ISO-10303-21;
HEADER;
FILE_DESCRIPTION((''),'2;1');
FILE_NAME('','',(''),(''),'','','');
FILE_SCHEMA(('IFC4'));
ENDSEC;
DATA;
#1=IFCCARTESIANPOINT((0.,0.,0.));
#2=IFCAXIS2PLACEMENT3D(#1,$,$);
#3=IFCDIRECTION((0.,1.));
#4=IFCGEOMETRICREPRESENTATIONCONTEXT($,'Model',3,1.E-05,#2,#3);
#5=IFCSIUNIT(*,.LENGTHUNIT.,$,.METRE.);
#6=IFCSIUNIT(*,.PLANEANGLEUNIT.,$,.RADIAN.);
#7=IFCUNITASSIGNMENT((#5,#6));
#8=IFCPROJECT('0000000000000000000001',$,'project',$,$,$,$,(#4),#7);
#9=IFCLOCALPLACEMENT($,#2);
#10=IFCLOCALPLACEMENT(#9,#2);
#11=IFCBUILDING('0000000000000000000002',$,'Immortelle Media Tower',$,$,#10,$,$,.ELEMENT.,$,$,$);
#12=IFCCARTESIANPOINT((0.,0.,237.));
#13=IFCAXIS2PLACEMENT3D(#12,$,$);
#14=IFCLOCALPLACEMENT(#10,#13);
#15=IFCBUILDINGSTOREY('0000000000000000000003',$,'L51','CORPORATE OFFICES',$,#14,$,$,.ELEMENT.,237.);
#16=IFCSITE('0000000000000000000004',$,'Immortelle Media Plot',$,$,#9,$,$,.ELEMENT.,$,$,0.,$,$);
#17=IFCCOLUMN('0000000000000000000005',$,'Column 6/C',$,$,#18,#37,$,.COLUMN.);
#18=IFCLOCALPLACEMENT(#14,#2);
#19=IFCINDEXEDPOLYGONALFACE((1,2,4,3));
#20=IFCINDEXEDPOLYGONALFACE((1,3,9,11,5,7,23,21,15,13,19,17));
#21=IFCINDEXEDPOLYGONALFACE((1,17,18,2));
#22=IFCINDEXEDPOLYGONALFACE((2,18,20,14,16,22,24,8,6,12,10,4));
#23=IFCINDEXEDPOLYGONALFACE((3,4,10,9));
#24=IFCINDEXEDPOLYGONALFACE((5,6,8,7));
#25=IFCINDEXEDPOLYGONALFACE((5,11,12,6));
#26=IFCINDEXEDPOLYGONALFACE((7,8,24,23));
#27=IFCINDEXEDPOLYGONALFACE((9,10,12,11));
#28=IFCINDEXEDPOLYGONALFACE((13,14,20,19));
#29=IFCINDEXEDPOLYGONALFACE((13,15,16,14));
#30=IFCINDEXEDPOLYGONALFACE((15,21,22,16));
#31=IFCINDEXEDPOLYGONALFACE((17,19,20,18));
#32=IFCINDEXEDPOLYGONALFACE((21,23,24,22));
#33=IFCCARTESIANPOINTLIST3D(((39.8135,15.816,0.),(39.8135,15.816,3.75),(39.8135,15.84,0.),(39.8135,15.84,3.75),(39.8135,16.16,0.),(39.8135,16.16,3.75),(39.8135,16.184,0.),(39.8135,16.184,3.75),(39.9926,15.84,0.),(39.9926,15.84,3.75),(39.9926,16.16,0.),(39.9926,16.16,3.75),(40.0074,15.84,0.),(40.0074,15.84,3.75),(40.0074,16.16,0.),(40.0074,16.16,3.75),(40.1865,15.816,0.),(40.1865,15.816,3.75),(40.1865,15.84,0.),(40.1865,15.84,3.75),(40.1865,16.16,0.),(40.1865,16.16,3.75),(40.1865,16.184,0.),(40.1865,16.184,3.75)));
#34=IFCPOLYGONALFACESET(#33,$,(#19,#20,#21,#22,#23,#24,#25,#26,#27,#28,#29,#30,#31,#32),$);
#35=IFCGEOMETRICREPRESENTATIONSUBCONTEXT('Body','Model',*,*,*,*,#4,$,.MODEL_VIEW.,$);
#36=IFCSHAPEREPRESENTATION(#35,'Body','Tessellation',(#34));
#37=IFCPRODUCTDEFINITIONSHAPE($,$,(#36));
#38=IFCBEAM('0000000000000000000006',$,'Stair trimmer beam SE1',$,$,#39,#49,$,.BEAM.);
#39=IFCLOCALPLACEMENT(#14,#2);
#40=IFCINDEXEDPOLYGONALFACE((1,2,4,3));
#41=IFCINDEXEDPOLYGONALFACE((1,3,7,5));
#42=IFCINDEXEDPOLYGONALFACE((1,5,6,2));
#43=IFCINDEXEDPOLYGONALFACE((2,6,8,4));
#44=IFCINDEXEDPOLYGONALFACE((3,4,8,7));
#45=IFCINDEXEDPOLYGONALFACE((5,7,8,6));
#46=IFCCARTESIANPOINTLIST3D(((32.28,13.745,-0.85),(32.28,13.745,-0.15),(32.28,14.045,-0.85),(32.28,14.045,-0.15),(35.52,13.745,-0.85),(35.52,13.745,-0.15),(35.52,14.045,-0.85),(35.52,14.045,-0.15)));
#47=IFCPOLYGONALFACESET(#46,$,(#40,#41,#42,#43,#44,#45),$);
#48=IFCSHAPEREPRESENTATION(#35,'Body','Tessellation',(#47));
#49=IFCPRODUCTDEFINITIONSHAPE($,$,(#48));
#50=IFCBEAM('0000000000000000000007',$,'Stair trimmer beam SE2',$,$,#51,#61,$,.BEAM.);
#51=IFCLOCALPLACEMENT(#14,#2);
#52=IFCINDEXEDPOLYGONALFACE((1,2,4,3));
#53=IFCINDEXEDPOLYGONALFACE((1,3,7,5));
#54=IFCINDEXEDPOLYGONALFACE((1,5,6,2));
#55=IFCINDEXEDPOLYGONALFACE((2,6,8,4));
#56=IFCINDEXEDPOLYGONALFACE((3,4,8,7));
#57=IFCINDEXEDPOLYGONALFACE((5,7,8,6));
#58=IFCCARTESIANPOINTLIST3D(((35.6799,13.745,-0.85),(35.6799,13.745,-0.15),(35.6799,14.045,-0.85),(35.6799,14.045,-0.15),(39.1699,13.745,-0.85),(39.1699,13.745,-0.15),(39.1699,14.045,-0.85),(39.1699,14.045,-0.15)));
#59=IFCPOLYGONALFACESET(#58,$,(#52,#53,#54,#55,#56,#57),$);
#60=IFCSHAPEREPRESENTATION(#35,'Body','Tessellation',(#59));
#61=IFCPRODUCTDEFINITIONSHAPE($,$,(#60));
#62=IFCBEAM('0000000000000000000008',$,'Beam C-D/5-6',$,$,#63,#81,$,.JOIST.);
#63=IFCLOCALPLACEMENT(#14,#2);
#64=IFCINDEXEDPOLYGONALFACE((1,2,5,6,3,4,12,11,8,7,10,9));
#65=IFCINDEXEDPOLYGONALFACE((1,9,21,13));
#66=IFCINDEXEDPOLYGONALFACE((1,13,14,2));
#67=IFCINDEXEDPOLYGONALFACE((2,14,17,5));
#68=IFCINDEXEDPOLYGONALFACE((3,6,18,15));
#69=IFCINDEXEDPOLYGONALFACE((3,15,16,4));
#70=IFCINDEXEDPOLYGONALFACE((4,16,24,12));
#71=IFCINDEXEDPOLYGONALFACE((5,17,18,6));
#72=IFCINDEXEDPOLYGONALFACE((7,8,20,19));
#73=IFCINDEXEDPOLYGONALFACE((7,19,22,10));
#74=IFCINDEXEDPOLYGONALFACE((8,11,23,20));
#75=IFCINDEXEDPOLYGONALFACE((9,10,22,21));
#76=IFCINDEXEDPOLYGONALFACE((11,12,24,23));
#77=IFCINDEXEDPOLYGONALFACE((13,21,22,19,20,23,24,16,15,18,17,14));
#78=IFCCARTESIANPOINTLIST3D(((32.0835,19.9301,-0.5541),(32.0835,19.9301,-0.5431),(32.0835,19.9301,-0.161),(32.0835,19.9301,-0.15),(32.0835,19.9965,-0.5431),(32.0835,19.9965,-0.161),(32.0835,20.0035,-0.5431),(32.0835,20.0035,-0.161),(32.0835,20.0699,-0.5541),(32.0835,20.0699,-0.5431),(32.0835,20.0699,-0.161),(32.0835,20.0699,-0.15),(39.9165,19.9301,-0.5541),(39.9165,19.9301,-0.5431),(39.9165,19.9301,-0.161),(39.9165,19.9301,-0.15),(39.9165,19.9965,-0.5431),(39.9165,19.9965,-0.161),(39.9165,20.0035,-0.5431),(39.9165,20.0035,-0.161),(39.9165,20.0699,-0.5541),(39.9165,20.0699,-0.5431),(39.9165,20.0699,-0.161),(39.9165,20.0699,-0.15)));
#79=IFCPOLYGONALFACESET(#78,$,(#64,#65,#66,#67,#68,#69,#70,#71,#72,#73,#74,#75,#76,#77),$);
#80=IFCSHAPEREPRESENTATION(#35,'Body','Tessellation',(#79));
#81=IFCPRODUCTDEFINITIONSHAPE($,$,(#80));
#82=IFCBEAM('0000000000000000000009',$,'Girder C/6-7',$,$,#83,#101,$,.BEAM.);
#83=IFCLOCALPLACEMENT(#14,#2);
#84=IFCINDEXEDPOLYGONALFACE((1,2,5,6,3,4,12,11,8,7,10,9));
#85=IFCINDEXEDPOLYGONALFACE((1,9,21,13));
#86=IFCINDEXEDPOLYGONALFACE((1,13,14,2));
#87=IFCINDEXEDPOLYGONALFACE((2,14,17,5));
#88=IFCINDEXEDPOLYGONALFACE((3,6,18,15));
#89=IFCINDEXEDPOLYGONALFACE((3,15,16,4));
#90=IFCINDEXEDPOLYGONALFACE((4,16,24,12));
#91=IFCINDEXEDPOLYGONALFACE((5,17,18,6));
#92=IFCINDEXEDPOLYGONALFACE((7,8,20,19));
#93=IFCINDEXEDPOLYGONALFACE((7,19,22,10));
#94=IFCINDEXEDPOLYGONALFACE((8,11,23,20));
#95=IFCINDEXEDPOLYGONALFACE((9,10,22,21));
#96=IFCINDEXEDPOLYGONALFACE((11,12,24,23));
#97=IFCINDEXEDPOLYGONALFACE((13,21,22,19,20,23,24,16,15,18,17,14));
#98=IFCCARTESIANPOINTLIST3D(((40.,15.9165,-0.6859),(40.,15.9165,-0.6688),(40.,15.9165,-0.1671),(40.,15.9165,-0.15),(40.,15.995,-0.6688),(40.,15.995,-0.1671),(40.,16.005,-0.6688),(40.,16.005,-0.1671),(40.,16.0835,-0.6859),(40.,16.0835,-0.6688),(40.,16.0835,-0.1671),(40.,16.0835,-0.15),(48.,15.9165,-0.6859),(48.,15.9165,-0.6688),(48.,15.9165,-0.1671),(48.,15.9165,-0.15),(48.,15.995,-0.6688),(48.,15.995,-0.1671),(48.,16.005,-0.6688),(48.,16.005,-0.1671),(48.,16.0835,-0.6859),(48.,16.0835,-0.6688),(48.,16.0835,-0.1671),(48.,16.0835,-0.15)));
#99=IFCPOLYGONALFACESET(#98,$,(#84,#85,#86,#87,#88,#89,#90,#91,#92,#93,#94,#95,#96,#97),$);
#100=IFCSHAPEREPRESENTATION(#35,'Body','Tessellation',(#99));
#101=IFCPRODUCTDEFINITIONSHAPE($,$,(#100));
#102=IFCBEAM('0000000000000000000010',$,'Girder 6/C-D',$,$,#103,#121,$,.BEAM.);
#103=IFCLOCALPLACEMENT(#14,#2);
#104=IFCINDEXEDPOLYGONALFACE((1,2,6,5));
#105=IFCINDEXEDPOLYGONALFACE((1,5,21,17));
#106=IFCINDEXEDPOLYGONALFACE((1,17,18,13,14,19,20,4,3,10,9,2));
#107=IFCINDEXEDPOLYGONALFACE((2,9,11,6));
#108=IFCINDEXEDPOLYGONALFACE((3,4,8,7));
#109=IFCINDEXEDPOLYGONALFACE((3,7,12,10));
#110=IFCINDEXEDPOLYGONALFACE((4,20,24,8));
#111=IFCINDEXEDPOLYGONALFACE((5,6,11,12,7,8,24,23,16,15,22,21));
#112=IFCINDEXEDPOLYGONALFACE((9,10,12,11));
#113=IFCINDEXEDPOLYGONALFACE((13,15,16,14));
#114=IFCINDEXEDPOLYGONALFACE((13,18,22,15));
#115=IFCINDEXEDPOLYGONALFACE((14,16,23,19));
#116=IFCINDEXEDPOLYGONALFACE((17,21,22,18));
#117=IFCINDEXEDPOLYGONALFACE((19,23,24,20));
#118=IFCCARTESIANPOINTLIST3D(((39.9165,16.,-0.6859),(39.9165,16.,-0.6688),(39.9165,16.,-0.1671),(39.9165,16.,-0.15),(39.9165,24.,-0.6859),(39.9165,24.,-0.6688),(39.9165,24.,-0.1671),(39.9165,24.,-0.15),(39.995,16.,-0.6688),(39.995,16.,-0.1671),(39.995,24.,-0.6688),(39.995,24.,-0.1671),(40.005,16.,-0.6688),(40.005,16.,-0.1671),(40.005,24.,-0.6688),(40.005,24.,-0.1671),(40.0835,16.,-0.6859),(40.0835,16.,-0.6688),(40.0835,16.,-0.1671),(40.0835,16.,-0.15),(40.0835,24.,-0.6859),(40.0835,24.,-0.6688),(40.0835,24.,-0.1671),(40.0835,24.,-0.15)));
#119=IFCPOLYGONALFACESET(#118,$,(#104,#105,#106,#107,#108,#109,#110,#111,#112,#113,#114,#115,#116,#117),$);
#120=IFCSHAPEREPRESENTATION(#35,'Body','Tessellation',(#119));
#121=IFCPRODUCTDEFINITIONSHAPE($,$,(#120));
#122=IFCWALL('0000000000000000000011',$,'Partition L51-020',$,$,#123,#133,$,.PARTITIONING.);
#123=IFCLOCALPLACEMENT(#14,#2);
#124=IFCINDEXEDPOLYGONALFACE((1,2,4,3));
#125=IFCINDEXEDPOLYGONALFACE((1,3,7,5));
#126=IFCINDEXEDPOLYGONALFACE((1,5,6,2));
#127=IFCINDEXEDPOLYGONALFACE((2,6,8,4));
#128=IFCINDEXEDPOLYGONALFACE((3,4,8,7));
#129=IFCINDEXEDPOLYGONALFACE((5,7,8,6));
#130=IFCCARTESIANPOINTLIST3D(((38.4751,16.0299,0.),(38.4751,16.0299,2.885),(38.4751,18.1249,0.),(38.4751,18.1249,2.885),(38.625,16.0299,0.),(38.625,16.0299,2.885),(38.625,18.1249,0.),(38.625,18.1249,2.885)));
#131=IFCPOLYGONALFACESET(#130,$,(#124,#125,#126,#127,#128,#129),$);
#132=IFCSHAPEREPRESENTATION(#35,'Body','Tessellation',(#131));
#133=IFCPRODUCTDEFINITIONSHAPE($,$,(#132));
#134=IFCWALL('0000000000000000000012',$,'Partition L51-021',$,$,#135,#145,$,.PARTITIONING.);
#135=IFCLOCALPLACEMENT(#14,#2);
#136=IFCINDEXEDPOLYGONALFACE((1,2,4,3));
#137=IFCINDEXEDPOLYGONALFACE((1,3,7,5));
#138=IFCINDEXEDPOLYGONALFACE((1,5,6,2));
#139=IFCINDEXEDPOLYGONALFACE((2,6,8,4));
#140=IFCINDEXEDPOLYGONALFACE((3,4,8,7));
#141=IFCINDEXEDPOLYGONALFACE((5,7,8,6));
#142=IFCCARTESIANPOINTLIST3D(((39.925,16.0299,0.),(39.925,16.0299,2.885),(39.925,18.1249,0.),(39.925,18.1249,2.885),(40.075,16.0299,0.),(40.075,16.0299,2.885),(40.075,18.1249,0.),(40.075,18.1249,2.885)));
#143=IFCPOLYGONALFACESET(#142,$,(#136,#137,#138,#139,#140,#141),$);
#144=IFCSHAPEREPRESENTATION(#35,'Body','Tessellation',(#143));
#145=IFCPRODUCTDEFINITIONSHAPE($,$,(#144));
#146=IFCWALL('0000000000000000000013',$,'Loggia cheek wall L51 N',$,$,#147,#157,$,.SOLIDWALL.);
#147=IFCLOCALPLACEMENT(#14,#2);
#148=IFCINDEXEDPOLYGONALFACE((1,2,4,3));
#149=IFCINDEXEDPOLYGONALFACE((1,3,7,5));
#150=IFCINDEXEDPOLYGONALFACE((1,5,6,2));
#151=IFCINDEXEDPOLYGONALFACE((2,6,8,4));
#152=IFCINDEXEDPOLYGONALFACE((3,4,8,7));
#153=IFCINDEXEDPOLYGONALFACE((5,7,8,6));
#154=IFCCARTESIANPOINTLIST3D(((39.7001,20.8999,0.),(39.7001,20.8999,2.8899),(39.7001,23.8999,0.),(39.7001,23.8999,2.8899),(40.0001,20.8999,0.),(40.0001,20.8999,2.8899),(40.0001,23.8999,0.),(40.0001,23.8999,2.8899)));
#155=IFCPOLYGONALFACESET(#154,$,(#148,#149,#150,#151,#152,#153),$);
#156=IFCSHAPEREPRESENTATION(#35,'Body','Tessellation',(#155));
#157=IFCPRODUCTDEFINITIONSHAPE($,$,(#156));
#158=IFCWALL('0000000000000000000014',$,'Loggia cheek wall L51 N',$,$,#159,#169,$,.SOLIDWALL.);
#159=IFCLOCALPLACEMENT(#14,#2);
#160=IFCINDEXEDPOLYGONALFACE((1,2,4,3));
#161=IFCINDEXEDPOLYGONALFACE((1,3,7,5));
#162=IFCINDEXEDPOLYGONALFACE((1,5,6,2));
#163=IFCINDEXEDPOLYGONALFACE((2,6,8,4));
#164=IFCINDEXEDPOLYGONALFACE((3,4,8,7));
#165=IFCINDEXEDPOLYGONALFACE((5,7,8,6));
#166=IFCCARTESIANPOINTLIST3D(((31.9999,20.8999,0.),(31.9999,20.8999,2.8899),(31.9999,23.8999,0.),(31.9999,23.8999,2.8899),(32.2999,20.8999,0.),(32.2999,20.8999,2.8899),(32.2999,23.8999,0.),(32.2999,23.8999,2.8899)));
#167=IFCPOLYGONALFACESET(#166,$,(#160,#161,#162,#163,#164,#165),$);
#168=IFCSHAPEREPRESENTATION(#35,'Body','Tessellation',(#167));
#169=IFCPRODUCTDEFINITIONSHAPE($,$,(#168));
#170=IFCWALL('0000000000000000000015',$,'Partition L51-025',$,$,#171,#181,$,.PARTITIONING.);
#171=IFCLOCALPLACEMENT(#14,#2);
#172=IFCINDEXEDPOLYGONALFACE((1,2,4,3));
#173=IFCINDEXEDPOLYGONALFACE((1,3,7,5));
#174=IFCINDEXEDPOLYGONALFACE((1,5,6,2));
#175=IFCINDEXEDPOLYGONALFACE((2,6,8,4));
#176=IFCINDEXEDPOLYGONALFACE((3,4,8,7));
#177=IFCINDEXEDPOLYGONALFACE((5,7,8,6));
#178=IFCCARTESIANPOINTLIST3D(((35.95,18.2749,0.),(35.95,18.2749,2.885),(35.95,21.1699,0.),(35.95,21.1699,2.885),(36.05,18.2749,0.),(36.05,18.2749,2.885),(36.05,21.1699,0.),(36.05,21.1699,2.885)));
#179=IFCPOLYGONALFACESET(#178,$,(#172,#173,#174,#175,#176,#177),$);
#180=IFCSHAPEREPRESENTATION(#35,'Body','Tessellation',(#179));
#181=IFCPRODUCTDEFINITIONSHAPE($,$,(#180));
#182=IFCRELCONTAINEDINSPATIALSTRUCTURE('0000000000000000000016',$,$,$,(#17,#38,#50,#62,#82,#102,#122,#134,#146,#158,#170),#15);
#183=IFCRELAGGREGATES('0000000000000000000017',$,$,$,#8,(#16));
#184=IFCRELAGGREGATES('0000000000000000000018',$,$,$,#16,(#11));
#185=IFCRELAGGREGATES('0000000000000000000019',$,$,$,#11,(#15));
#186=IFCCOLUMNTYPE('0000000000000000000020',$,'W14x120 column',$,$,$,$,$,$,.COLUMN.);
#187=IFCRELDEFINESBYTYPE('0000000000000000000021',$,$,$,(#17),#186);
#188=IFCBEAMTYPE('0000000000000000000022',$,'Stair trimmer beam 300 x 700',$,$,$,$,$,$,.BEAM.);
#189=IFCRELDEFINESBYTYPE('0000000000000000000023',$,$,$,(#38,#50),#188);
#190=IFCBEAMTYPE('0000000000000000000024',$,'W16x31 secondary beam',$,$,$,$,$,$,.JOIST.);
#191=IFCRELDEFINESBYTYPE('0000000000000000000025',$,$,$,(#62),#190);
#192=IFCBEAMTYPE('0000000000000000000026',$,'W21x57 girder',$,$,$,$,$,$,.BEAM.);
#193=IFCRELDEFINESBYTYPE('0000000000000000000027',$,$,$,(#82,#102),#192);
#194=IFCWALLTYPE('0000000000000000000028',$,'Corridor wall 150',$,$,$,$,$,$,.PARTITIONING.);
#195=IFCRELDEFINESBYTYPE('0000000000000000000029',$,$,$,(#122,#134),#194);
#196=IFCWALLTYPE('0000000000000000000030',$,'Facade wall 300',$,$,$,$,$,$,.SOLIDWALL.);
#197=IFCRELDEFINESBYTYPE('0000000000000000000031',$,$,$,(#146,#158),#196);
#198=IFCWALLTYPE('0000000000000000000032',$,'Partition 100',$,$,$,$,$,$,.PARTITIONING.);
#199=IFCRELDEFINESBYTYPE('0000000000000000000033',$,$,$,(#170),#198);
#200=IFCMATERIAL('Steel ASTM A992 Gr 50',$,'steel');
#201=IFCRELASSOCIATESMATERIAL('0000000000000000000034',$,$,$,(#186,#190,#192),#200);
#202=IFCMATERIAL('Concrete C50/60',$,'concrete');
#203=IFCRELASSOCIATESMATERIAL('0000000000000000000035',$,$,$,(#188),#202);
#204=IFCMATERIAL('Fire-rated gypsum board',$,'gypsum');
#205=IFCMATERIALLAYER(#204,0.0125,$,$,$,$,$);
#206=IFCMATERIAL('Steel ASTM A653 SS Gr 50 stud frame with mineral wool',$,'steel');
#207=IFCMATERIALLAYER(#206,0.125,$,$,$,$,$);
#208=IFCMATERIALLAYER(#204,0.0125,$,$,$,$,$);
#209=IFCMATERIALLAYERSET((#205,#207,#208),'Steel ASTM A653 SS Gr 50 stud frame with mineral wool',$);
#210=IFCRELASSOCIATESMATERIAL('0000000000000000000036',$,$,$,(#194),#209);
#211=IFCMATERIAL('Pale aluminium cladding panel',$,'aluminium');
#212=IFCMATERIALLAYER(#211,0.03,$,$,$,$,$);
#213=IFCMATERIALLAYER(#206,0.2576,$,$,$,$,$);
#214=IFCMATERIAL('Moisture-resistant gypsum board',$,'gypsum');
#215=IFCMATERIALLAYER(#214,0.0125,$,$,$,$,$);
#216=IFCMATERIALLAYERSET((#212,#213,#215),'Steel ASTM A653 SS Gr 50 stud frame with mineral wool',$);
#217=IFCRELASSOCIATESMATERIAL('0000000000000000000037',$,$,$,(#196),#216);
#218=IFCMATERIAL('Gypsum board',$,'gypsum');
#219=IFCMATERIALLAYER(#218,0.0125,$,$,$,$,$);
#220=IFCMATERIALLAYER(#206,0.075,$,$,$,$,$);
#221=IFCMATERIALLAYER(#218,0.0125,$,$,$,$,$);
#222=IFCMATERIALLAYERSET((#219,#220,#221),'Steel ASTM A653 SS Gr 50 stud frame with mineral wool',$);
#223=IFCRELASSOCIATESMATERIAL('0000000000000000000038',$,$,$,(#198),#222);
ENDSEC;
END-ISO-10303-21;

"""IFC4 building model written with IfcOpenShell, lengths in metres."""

from ifc_helpers import new_model, si_unit, direction, frame, frame_2d, origin, origin_2d, place, context, subcontext, project, spatial, rectangle, i_section, extrude, material, layer, layer_set, material_profile, profile_set, type_object, element, save


model = new_model("IFC4")

# Units and contexts
model_context = context("Model", 3, precision=1e-05, world=origin(), true_north=direction((0.0, 1.0)))
body_context = subcontext(model_context, "Body", "Model", "MODEL_VIEW")
ifc_project = project(units=[si_unit("LENGTHUNIT", "METRE"), si_unit("PLANEANGLEUNIT", "RADIAN")], contexts=[model_context])

# Site, building, storey
site_placement = place(None, origin())
site = spatial("IfcSite", under=ifc_project, at=site_placement, Name="Immortelle Media Plot", CompositionType="ELEMENT", RefElevation=0.0)
building_placement = place(site_placement, origin())
building = spatial("IfcBuilding", under=site, at=building_placement, Name="Immortelle Media Tower", CompositionType="ELEMENT")
storey_placement = place(building_placement, frame((0.0, 0.0, 237.0)))
storey = spatial("IfcBuildingStorey", under=building, at=storey_placement, Name="L51", Description="CORPORATE OFFICES", CompositionType="ELEMENT", Elevation=237.0)

# Column
ifc_material_1 = material(Name="Steel ASTM A992 Gr 50", Category="steel")
ifc_material_profile_1 = material_profile(ifc_material_1, i_section(OverallWidth=0.373, OverallDepth=0.3679, WebThickness=0.0149, FlangeThickness=0.0239, at=origin_2d()), Name="W14x120")
ifc_profile_set_1 = profile_set([ifc_material_profile_1], Name="Steel ASTM A992 Gr 50")
column_type = type_object("IfcColumnType", Name="W14x120 column", PredefinedType="COLUMN", material=ifc_profile_set_1)
column_placement = place(storey_placement, frame((40.0, 16.0, 0.0), z_axis=(0.0, 0.0, 1.0), x_axis=(1.0, 0.0, 0.0)))
element("IfcColumn", 1, at=column_placement, inside=storey, type_object=column_type, Name="Column 6/C", PredefinedType="COLUMN", context=body_context, shape_type="SweptSolid", body=[
    extrude(i_section(OverallWidth=0.373, OverallDepth=0.3679, WebThickness=0.0149, FlangeThickness=0.0239, at=origin_2d()), origin(), (0.0, 0.0, 1.0), 3.75),
])

# Beams
ifc_material_2 = material(Name="Concrete C50/60", Category="concrete")
ifc_material_profile_2 = material_profile(ifc_material_2, rectangle(XDim=0.3, YDim=0.7, at=origin_2d()), Name="RC 300x700")
ifc_profile_set_2 = profile_set([ifc_material_profile_2], Name="Concrete C50/60")
beam_type_1 = type_object("IfcBeamType", Name="Stair trimmer beam 300 x 700", PredefinedType="BEAM", material=ifc_profile_set_2)
beam_1_placement = place(storey_placement, frame((32.28, 13.895, -0.5), z_axis=(1.0, 0.0, 0.0), x_axis=(0.0, 1.0, 0.0)))
element("IfcBeam", 2, at=beam_1_placement, inside=storey, type_object=beam_type_1, Name="Stair trimmer beam SE1", PredefinedType="BEAM", context=body_context, shape_type="SweptSolid", body=[
    extrude(rectangle(XDim=0.3, YDim=0.7, at=origin_2d()), origin(), (0.0, 0.0, 1.0), 3.24),
])
beam_2_placement = place(storey_placement, frame((35.6799, 13.895, -0.5), z_axis=(1.0, 0.0, 0.0), x_axis=(0.0, 1.0, 0.0)))
element("IfcBeam", 3, at=beam_2_placement, inside=storey, type_object=beam_type_1, Name="Stair trimmer beam SE2", PredefinedType="BEAM", context=body_context, shape_type="SweptSolid", body=[
    extrude(rectangle(XDim=0.3, YDim=0.7, at=origin_2d()), origin(), (0.0, 0.0, 1.0), 3.49),
])
ifc_material_profile_3 = material_profile(ifc_material_1, i_section(OverallWidth=0.1399, OverallDepth=0.4041, WebThickness=0.0071, FlangeThickness=0.011, at=origin_2d()), Name="W16x31")
ifc_profile_set_3 = profile_set([ifc_material_profile_3], Name="Steel ASTM A992 Gr 50")
beam_type_2 = type_object("IfcBeamType", Name="W16x31 secondary beam", PredefinedType="JOIST", material=ifc_profile_set_3)
beam_3_placement = place(storey_placement, frame((32.0835, 20.0, -0.3521), z_axis=(1.0, 0.0, 0.0), x_axis=(0.0, 1.0, 0.0)))
element("IfcBeam", 4, at=beam_3_placement, inside=storey, type_object=beam_type_2, Name="Beam C-D/5-6", PredefinedType="JOIST", context=body_context, shape_type="SweptSolid", body=[
    extrude(i_section(OverallWidth=0.1399, OverallDepth=0.4041, WebThickness=0.0071, FlangeThickness=0.011, at=origin_2d()), origin(), (0.0, 0.0, 1.0), 7.833),
])
ifc_material_profile_4 = material_profile(ifc_material_1, i_section(OverallWidth=0.167, OverallDepth=0.5359, WebThickness=0.01, FlangeThickness=0.0171, at=origin_2d()), Name="W21x57")
ifc_profile_set_4 = profile_set([ifc_material_profile_4], Name="Steel ASTM A992 Gr 50")
beam_type_3 = type_object("IfcBeamType", Name="W21x57 girder", PredefinedType="BEAM", material=ifc_profile_set_4)
for number, where, z_axis, x_axis, name in (
    (5, (40.0, 16.0, -0.418), (1.0, 0.0, 0.0), (0.0, 1.0, 0.0), "Girder C/6-7"),
    (6, (40.0, 16.0, -0.418), (0.0, 1.0, 0.0), (-1.0, 0.0, 0.0), "Girder 6/C-D"),
):
    element("IfcBeam", number, at=place(storey_placement, frame(where, z_axis=z_axis, x_axis=x_axis)), inside=storey, type_object=beam_type_3, Name=name, PredefinedType="BEAM", context=body_context, shape_type="SweptSolid", body=[
        extrude(i_section(OverallWidth=0.167, OverallDepth=0.5359, WebThickness=0.01, FlangeThickness=0.0171, at=origin_2d()), origin(), (0.0, 0.0, 1.0), 8.0),
    ])

# Walls
ifc_material_3 = material(Name="Fire-rated gypsum board", Category="gypsum")
ifc_layer_1 = layer(ifc_material_3, 0.0125)
ifc_material_4 = material(Name="Steel ASTM A653 SS Gr 50 stud frame with mineral wool", Category="steel")
ifc_layer_2 = layer(ifc_material_4, 0.125)
ifc_layer_3 = layer(ifc_material_3, 0.0125)
ifc_layer_set_1 = layer_set([ifc_layer_1, ifc_layer_2, ifc_layer_3], Name="Steel ASTM A653 SS Gr 50 stud frame with mineral wool")
wall_type_1 = type_object("IfcWallType", Name="Corridor wall 150", PredefinedType="PARTITIONING", material=ifc_layer_set_1)
for number, where, z_axis, x_axis, name in (
    (7, (38.55, 16.03, 0.0), (0.0, 0.0, 1.0), (0.0, 1.0, 0.0), "Partition L51-020"),
    (8, (40.0, 16.03, 0.0), (0.0, 0.0, 1.0), (0.0, 1.0, 0.0), "Partition L51-021"),
):
    element("IfcWall", number, at=place(storey_placement, frame(where, z_axis=z_axis, x_axis=x_axis)), inside=storey, type_object=wall_type_1, Name=name, PredefinedType="PARTITIONING", context=body_context, shape_type="SweptSolid", body=[
        extrude(rectangle(XDim=2.095, YDim=0.1499, at=frame_2d((1.0474, 0.0))), origin(), (0.0, 0.0, 1.0), 2.885),
    ])

# Shared definitions
ifc_material_5 = material(Name="Pale aluminium cladding panel", Category="aluminium")
ifc_layer_4 = layer(ifc_material_5, 0.03)
ifc_layer_5 = layer(ifc_material_4, 0.2576)
ifc_material_6 = material(Name="Moisture-resistant gypsum board", Category="gypsum")
ifc_layer_6 = layer(ifc_material_6, 0.0125)
ifc_layer_set_2 = layer_set([ifc_layer_4, ifc_layer_5, ifc_layer_6], Name="Steel ASTM A653 SS Gr 50 stud frame with mineral wool")
wall_type_2 = type_object("IfcWallType", Name="Facade wall 300", PredefinedType="SOLIDWALL", material=ifc_layer_set_2)

# Walls
for number, where, z_axis, x_axis, name in (
    (9, (39.8501, 23.8999, 0.0), (0.0, 0.0, 1.0), (0.0, -1.0, 0.0), "Loggia cheek wall L51 N"),
    (10, (32.1499, 23.8999, 0.0), (0.0, 0.0, 1.0), (0.0, -1.0, 0.0), "Loggia cheek wall L51 N"),
):
    element("IfcWall", number, at=place(storey_placement, frame(where, z_axis=z_axis, x_axis=x_axis)), inside=storey, type_object=wall_type_2, Name=name, PredefinedType="SOLIDWALL", context=body_context, shape_type="SweptSolid", body=[
        extrude(rectangle(XDim=3.0, YDim=0.3, at=frame_2d((1.5, 0.0))), origin(), (0.0, 0.0, 1.0), 2.8899),
    ])
ifc_material_7 = material(Name="Gypsum board", Category="gypsum")
ifc_layer_7 = layer(ifc_material_7, 0.0125)
ifc_layer_8 = layer(ifc_material_4, 0.075)
ifc_layer_9 = layer(ifc_material_7, 0.0125)
ifc_layer_set_3 = layer_set([ifc_layer_7, ifc_layer_8, ifc_layer_9], Name="Steel ASTM A653 SS Gr 50 stud frame with mineral wool")
wall_type_3 = type_object("IfcWallType", Name="Partition 100", PredefinedType="PARTITIONING", material=ifc_layer_set_3)
wall_1_placement = place(storey_placement, frame((36.0, 18.2749, 0.0), z_axis=(0.0, 0.0, 1.0), x_axis=(0.0, 1.0, 0.0)))
element("IfcWall", 11, at=wall_1_placement, inside=storey, type_object=wall_type_3, Name="Partition L51-025", PredefinedType="PARTITIONING", context=body_context, shape_type="SweptSolid", body=[
    extrude(rectangle(XDim=2.895, YDim=0.1001, at=frame_2d((1.4475, 0.0))), origin(), (0.0, 0.0, 1.0), 2.885),
])

save(model, "model.ifc")
